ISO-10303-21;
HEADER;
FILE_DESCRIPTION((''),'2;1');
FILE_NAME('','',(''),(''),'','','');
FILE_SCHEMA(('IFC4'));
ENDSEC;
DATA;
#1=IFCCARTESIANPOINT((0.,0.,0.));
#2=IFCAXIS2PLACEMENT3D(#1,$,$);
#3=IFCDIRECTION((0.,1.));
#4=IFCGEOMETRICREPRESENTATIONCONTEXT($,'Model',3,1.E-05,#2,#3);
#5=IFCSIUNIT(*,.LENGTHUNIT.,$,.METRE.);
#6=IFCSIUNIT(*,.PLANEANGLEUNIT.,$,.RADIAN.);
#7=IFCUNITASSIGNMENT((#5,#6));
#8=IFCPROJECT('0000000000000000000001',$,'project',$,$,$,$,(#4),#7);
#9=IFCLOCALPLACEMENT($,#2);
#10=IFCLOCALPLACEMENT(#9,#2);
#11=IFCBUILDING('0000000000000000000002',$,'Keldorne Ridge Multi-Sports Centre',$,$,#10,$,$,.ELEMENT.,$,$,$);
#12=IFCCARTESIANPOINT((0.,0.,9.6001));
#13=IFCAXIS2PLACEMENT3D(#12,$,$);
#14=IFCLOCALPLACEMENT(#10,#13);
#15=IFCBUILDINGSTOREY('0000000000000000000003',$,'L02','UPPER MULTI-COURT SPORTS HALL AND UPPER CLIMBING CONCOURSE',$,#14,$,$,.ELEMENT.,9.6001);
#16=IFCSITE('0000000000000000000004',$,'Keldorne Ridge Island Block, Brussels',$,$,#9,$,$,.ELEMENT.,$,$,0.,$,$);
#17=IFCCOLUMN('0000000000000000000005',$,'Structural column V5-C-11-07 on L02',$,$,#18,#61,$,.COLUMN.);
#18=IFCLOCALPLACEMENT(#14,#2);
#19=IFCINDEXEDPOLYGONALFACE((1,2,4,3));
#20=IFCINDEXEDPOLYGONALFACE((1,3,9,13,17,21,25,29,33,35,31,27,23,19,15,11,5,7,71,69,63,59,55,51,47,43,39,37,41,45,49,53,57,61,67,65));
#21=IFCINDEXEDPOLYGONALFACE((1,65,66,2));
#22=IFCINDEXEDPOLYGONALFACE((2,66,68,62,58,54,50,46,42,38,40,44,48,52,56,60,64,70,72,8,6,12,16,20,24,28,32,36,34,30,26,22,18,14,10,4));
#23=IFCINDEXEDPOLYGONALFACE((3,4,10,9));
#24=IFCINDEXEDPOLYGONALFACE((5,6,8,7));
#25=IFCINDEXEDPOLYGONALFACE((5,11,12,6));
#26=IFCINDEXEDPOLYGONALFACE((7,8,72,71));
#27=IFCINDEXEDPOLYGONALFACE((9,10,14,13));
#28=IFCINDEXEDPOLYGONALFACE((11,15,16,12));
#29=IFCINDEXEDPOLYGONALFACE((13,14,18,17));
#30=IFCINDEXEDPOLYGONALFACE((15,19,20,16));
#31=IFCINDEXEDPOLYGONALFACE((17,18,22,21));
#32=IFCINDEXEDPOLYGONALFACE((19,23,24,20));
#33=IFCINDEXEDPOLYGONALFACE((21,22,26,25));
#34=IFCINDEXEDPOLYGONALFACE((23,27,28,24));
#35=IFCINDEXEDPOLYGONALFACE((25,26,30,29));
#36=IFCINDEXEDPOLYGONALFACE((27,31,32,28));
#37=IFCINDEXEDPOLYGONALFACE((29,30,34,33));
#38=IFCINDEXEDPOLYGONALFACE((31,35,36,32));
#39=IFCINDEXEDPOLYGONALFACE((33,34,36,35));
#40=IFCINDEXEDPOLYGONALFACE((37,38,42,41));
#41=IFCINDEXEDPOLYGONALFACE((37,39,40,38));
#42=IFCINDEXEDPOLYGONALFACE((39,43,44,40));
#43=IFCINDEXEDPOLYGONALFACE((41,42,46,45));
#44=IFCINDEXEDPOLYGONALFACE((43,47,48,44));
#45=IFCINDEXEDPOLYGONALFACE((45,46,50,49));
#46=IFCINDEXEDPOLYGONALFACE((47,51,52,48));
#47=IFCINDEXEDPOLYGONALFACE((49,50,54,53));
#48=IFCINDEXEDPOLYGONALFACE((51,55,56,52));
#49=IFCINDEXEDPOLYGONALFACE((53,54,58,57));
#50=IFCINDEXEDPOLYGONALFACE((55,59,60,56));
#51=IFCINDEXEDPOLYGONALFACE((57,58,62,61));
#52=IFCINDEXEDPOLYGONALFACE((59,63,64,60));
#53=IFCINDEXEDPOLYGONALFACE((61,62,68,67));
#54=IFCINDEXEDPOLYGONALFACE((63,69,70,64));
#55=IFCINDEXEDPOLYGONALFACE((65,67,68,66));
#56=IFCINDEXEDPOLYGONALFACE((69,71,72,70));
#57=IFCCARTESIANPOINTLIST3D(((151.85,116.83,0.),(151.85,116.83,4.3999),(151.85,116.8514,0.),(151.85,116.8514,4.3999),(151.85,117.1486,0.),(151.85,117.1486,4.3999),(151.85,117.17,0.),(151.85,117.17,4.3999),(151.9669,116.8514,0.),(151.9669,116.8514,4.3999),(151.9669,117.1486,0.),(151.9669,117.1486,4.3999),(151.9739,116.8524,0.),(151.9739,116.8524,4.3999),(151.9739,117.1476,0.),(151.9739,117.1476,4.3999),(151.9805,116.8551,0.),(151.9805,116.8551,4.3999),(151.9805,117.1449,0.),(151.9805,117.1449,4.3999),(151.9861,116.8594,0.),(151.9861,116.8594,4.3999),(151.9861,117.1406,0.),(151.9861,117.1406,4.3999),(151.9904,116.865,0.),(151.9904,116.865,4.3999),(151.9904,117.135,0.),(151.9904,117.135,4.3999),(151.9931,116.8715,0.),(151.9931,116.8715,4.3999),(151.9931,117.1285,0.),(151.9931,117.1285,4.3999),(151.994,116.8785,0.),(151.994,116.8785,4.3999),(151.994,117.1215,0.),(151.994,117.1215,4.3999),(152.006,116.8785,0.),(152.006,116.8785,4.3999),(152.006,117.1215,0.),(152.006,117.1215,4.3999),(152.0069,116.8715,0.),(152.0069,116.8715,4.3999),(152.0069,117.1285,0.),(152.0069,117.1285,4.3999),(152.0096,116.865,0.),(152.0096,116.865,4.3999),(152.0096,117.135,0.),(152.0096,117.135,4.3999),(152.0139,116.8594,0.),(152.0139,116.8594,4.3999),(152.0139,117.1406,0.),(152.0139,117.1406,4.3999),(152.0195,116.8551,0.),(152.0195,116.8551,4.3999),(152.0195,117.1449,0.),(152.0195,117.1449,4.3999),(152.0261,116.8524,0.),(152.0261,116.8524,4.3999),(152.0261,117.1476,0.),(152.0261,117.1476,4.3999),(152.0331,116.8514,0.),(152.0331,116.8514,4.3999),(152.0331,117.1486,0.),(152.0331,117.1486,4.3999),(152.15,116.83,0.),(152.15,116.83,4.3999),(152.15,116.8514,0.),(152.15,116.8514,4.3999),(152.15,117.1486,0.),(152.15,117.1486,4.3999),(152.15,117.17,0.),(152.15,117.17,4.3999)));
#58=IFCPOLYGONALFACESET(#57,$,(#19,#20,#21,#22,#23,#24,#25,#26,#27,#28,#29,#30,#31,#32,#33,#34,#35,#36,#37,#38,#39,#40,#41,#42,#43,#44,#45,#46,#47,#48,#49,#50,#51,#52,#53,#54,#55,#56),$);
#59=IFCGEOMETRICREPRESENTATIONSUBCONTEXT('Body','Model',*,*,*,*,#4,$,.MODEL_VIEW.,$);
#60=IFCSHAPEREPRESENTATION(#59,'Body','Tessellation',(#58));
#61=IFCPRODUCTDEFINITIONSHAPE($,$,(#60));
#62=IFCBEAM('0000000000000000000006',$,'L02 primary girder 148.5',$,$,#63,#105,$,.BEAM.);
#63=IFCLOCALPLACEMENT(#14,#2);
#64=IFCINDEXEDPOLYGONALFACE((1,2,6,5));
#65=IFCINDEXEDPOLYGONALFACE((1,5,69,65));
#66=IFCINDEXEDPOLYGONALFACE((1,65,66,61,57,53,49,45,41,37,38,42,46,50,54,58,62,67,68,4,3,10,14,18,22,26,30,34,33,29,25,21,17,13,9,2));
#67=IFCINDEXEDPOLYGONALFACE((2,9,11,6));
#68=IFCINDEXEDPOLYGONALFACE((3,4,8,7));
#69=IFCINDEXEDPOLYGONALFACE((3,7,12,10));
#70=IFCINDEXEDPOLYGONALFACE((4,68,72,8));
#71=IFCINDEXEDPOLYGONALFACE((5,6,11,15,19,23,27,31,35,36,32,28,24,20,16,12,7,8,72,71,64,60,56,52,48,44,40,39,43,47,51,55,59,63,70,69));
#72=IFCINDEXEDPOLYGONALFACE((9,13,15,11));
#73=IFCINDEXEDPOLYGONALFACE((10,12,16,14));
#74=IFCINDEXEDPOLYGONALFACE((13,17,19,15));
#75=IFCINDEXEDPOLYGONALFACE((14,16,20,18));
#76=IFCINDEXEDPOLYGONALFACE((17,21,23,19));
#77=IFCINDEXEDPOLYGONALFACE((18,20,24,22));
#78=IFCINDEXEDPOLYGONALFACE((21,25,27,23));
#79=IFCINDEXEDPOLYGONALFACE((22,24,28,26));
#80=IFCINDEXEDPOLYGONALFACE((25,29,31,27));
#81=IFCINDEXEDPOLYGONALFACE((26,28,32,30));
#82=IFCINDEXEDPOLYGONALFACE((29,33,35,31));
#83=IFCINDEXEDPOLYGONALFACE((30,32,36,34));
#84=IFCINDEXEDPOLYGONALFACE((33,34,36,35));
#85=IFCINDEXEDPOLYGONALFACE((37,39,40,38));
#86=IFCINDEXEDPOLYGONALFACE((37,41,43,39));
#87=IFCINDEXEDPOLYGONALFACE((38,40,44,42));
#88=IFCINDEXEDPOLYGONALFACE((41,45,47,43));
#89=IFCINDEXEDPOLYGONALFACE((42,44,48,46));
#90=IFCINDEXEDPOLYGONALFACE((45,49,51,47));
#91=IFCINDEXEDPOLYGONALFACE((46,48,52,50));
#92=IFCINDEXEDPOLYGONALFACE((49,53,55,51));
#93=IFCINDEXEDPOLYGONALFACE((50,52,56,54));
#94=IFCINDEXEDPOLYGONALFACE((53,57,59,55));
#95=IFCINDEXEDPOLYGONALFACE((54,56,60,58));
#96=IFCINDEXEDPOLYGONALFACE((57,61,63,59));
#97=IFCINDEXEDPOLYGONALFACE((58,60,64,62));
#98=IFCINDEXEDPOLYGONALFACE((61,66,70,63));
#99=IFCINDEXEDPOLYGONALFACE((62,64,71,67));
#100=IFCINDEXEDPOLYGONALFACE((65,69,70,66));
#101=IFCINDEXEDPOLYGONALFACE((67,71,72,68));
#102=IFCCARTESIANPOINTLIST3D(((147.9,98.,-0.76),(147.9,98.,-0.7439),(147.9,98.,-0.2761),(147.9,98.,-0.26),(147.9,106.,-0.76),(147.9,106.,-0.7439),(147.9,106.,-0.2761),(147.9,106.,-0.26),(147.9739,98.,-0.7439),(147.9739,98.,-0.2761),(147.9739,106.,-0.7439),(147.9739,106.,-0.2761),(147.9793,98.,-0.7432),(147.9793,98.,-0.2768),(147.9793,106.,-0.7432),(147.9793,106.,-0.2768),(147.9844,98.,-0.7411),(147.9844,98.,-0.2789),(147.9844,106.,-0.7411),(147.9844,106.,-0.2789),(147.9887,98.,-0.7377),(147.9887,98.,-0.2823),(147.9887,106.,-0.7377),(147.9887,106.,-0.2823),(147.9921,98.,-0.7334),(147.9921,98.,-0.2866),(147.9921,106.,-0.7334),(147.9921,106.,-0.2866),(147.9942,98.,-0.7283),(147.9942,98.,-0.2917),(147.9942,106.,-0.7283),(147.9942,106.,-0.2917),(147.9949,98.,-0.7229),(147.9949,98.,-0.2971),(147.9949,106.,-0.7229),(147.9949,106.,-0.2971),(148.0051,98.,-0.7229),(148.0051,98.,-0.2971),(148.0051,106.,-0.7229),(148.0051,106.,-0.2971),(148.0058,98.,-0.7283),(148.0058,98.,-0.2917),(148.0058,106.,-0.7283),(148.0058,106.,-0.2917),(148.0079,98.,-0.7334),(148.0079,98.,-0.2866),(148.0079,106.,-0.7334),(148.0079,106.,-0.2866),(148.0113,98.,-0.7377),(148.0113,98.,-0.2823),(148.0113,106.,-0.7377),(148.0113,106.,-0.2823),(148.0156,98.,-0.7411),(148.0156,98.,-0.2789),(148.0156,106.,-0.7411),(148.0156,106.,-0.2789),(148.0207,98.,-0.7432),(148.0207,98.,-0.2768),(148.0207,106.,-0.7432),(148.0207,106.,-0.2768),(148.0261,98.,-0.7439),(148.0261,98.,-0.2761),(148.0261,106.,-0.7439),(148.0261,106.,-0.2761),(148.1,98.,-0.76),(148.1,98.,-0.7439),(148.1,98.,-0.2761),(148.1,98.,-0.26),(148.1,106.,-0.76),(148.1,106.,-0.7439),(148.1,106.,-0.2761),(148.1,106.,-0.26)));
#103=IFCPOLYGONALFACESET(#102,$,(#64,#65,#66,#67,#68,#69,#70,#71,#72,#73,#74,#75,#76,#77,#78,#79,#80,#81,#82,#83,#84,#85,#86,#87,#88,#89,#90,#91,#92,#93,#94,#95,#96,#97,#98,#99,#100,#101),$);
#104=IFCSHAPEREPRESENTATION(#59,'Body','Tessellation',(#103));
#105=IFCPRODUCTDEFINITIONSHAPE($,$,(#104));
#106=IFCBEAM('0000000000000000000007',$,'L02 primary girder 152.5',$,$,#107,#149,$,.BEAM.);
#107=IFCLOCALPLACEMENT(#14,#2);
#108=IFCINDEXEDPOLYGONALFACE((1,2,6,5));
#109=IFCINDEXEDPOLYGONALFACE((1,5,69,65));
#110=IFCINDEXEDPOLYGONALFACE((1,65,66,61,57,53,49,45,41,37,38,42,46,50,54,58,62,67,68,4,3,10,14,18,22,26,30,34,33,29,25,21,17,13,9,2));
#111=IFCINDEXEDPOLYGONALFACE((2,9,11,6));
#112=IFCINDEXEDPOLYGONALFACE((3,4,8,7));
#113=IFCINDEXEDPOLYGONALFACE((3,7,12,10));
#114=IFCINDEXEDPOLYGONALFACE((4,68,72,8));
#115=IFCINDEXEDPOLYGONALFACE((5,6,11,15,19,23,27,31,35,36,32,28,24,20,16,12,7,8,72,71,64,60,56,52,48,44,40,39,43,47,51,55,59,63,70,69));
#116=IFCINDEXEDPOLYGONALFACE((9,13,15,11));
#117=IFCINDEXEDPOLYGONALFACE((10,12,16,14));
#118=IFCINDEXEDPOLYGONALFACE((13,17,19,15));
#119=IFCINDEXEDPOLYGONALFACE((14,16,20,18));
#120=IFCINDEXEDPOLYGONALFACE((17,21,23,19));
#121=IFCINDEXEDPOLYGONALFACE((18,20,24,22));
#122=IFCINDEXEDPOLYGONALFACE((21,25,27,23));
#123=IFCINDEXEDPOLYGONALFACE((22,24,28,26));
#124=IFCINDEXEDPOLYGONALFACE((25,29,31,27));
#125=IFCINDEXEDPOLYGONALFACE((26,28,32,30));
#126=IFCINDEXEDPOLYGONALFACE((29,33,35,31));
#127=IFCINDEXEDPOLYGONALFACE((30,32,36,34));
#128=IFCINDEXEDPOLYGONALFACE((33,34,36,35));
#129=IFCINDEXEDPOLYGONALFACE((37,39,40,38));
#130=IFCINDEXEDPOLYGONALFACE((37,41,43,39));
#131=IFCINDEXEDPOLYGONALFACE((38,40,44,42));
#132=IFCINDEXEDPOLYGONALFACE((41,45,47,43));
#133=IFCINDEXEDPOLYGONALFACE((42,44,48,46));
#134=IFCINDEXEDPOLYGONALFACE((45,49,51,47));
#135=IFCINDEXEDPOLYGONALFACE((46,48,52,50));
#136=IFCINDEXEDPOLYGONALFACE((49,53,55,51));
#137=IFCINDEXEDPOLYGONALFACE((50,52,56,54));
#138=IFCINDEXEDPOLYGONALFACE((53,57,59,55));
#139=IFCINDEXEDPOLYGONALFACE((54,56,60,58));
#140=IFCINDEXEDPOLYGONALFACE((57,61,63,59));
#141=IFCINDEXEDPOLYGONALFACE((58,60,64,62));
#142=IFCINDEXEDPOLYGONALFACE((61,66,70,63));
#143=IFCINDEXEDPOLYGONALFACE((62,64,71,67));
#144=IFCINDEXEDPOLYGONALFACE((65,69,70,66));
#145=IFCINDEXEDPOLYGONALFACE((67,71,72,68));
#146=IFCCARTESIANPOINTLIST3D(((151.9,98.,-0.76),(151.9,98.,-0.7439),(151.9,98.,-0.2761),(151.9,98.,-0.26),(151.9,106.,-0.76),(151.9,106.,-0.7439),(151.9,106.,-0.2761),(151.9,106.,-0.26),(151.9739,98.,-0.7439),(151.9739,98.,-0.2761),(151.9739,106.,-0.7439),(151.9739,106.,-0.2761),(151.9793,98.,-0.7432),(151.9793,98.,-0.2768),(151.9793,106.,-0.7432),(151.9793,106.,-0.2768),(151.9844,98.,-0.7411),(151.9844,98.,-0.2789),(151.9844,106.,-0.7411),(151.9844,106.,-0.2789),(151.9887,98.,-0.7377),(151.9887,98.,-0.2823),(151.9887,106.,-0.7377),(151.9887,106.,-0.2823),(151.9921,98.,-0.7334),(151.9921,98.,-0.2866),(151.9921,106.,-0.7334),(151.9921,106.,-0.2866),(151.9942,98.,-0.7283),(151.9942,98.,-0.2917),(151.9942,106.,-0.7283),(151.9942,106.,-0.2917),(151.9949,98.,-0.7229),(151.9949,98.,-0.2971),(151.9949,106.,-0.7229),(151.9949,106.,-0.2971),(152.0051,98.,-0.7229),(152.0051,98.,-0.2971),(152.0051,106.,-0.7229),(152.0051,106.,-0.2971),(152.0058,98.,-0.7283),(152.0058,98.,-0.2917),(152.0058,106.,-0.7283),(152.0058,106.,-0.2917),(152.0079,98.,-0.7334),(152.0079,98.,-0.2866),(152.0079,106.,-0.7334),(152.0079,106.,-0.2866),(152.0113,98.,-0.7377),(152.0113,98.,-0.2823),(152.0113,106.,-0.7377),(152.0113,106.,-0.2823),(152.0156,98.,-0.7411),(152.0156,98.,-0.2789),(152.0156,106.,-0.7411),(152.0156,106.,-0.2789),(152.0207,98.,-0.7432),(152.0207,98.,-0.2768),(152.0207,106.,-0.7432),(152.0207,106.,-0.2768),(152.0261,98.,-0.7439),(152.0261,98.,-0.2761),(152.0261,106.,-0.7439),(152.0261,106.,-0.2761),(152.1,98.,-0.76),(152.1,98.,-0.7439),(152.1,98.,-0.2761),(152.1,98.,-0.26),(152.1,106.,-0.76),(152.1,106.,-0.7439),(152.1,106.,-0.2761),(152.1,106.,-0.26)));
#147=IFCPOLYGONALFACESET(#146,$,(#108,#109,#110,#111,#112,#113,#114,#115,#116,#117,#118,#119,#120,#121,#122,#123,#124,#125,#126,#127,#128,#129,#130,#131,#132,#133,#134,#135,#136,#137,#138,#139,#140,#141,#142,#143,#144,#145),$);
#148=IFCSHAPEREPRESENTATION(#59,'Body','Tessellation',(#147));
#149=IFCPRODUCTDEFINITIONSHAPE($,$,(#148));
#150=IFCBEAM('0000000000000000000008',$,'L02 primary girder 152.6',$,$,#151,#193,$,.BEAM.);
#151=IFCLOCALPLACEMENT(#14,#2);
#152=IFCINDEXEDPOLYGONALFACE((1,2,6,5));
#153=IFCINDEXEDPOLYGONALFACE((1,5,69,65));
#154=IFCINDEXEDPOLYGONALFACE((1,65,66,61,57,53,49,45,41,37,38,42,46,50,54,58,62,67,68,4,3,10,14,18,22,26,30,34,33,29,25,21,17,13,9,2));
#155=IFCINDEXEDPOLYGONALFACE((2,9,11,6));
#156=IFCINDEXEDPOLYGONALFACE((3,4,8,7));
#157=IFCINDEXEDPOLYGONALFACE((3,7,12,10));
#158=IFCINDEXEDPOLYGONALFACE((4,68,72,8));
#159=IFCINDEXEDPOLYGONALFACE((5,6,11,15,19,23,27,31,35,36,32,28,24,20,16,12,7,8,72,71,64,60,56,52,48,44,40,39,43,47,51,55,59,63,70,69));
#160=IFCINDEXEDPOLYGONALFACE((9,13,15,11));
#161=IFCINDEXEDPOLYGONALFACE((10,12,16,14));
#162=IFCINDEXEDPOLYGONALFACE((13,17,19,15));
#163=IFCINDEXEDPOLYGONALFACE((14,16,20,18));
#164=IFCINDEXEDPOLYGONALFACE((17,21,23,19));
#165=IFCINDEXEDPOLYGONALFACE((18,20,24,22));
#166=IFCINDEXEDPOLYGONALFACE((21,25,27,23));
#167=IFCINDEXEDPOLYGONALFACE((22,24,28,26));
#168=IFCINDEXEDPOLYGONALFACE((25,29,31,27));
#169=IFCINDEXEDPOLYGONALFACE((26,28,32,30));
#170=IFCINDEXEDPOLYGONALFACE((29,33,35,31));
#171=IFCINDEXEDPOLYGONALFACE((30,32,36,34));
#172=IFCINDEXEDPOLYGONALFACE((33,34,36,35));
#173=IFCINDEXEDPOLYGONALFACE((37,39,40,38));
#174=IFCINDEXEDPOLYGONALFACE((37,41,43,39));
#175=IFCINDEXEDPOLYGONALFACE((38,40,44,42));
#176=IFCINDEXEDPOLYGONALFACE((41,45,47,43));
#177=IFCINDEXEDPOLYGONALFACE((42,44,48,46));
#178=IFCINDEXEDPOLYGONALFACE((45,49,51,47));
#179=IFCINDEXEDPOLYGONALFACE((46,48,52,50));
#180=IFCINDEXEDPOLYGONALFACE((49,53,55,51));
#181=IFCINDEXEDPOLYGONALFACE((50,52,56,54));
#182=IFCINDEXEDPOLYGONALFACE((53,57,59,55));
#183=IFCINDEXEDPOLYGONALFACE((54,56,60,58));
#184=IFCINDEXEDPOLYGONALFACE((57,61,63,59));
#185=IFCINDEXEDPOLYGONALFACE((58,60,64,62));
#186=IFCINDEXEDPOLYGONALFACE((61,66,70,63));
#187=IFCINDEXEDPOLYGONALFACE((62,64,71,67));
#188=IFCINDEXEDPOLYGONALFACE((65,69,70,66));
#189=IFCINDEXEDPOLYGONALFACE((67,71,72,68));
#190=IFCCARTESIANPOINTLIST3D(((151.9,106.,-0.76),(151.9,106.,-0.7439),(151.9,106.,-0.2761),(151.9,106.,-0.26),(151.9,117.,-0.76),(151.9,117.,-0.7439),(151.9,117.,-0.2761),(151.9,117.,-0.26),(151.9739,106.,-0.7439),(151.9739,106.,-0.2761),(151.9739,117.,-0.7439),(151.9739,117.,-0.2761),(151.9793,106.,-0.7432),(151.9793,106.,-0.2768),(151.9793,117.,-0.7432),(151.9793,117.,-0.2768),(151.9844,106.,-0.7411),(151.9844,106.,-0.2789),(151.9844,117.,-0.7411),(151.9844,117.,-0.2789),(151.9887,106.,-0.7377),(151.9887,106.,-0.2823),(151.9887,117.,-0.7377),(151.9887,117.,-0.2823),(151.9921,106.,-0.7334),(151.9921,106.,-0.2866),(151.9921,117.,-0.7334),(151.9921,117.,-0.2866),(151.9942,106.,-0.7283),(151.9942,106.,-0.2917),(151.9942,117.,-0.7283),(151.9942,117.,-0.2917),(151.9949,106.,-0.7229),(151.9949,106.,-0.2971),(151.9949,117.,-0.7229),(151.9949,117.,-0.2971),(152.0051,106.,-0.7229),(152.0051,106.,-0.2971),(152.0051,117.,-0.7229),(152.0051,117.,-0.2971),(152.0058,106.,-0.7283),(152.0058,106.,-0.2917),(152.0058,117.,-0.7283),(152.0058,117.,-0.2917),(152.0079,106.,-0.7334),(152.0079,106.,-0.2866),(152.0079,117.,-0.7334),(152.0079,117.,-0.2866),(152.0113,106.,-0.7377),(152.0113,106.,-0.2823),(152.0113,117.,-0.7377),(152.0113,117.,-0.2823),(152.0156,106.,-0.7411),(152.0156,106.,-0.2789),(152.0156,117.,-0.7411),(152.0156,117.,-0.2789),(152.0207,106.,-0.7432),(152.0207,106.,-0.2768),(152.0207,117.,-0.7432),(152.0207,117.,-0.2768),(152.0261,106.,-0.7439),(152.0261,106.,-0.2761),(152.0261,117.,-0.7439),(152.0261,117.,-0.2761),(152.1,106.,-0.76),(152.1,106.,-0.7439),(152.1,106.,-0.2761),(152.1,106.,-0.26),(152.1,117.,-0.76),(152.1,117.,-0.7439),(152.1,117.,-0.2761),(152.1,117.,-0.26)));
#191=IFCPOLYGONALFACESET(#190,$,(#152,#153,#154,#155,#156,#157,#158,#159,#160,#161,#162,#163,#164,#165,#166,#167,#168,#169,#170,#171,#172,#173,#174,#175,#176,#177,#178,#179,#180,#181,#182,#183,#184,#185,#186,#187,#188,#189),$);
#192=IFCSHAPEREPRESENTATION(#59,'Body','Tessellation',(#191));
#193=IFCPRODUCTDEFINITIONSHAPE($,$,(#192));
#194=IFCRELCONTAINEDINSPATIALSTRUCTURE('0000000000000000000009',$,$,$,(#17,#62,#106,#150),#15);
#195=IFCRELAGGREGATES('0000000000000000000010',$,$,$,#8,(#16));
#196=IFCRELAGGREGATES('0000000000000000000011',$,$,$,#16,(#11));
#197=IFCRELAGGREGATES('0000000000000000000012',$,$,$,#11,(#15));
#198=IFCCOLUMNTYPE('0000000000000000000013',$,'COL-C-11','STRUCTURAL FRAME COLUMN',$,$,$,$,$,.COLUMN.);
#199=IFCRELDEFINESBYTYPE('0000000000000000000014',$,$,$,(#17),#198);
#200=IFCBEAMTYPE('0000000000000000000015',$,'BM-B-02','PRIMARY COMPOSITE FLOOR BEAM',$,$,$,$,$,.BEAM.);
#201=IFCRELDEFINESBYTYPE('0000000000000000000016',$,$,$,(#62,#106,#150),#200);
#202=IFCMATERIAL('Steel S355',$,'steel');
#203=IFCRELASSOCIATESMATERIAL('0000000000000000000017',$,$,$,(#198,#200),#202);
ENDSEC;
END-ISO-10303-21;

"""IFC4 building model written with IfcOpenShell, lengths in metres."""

from ifc_helpers import new_model, si_unit, direction, frame, origin, origin_2d, place, context, subcontext, project, spatial, i_section, extrude, material, material_profile, profile_set, type_object, element, save


model = new_model("IFC4")

# Units and contexts
model_context = context("Model", 3, precision=1e-05, world=origin(), true_north=direction((0.0, 1.0)))
body_context = subcontext(model_context, "Body", "Model", "MODEL_VIEW")
ifc_project = project(units=[si_unit("LENGTHUNIT", "METRE"), si_unit("PLANEANGLEUNIT", "RADIAN")], contexts=[model_context])

# Site, building, storey
site_placement = place(None, origin())
site = spatial("IfcSite", under=ifc_project, at=site_placement, Name="Keldorne Ridge Island Block, Brussels", CompositionType="ELEMENT", RefElevation=0.0)
building_placement = place(site_placement, origin())
building = spatial("IfcBuilding", under=site, at=building_placement, Name="Keldorne Ridge Multi-Sports Centre", CompositionType="ELEMENT")
storey_placement = place(building_placement, frame((0.0, 0.0, 9.6001)))
storey = spatial("IfcBuildingStorey", under=building, at=storey_placement, Name="L02", Description="UPPER MULTI-COURT SPORTS HALL AND UPPER CLIMBING CONCOURSE", CompositionType="ELEMENT", Elevation=9.6001)

# Column
ifc_material_1 = material(Name="Steel S355", Category="steel")
ifc_material_profile_1 = material_profile(ifc_material_1, i_section(OverallWidth=0.3, OverallDepth=0.3401, WebThickness=0.012, FlangeThickness=0.0215, FilletRadius=0.0271, at=origin_2d()), Name="HEB 340")
ifc_profile_set_1 = profile_set([ifc_material_profile_1], Name="Steel S355")
column_type = type_object("IfcColumnType", Name="COL-C-11", Description="STRUCTURAL FRAME COLUMN", PredefinedType="COLUMN", material=ifc_profile_set_1)
for number, where, z_axis, x_axis, name in (
    (1, (152.0, 117.0, 0.0), (0.0, 0.0, 1.0), (1.0, 0.0, 0.0), "Structural column V5-C-11-07 on L02"),
):
    element("IfcColumn", number, at=place(storey_placement, frame(where, z_axis=z_axis, x_axis=x_axis)), inside=storey, type_object=column_type, Name=name, PredefinedType="COLUMN", context=body_context, shape_type="SweptSolid", body=[
        extrude(i_section(OverallWidth=0.3, OverallDepth=0.3401, WebThickness=0.012, FlangeThickness=0.0215, FilletRadius=0.0271, at=origin_2d()), origin(), (0.0, 0.0, 1.0), 4.3999),
    ])

# Beams
ifc_material_profile_2 = material_profile(ifc_material_1, i_section(OverallWidth=0.2, OverallDepth=0.5, WebThickness=0.0103, FlangeThickness=0.0161, FilletRadius=0.021, at=origin_2d()), Name="IPE 500")
ifc_profile_set_2 = profile_set([ifc_material_profile_2], Name="Steel S355")
beam_type_1 = type_object("IfcBeamType", Name="BM-B-02", Description="PRIMARY COMPOSITE FLOOR BEAM", PredefinedType="BEAM", material=ifc_profile_set_2)
for number, where, z_axis, x_axis, name in (
    (2, (148.0, 98.0, -0.51), (0.0, 1.0, 0.0), (-1.0, 0.0, 0.0), "L02 primary girder 148.5"),
    (3, (152.0, 98.0, -0.51), (0.0, 1.0, 0.0), (-1.0, 0.0, 0.0), "L02 primary girder 152.5"),
):
    element("IfcBeam", number, at=place(storey_placement, frame(where, z_axis=z_axis, x_axis=x_axis)), inside=storey, type_object=beam_type_1, Name=name, PredefinedType="BEAM", context=body_context, shape_type="SweptSolid", body=[
        extrude(i_section(OverallWidth=0.2, OverallDepth=0.5, WebThickness=0.0103, FlangeThickness=0.0161, FilletRadius=0.021, at=origin_2d()), origin(), (0.0, 0.0, 1.0), 8.0),
    ])
beam_1_placement = place(storey_placement, frame((152.0, 106.0, -0.51), z_axis=(0.0, 1.0, 0.0), x_axis=(-1.0, 0.0, 0.0)))
element("IfcBeam", 4, at=beam_1_placement, inside=storey, type_object=beam_type_1, Name="L02 primary girder 152.6", PredefinedType="BEAM", context=body_context, shape_type="SweptSolid", body=[
    extrude(i_section(OverallWidth=0.2, OverallDepth=0.5, WebThickness=0.0103, FlangeThickness=0.0161, FilletRadius=0.021, at=origin_2d()), origin(), (0.0, 0.0, 1.0), 11.0),
])

save(model, "model.ifc")
